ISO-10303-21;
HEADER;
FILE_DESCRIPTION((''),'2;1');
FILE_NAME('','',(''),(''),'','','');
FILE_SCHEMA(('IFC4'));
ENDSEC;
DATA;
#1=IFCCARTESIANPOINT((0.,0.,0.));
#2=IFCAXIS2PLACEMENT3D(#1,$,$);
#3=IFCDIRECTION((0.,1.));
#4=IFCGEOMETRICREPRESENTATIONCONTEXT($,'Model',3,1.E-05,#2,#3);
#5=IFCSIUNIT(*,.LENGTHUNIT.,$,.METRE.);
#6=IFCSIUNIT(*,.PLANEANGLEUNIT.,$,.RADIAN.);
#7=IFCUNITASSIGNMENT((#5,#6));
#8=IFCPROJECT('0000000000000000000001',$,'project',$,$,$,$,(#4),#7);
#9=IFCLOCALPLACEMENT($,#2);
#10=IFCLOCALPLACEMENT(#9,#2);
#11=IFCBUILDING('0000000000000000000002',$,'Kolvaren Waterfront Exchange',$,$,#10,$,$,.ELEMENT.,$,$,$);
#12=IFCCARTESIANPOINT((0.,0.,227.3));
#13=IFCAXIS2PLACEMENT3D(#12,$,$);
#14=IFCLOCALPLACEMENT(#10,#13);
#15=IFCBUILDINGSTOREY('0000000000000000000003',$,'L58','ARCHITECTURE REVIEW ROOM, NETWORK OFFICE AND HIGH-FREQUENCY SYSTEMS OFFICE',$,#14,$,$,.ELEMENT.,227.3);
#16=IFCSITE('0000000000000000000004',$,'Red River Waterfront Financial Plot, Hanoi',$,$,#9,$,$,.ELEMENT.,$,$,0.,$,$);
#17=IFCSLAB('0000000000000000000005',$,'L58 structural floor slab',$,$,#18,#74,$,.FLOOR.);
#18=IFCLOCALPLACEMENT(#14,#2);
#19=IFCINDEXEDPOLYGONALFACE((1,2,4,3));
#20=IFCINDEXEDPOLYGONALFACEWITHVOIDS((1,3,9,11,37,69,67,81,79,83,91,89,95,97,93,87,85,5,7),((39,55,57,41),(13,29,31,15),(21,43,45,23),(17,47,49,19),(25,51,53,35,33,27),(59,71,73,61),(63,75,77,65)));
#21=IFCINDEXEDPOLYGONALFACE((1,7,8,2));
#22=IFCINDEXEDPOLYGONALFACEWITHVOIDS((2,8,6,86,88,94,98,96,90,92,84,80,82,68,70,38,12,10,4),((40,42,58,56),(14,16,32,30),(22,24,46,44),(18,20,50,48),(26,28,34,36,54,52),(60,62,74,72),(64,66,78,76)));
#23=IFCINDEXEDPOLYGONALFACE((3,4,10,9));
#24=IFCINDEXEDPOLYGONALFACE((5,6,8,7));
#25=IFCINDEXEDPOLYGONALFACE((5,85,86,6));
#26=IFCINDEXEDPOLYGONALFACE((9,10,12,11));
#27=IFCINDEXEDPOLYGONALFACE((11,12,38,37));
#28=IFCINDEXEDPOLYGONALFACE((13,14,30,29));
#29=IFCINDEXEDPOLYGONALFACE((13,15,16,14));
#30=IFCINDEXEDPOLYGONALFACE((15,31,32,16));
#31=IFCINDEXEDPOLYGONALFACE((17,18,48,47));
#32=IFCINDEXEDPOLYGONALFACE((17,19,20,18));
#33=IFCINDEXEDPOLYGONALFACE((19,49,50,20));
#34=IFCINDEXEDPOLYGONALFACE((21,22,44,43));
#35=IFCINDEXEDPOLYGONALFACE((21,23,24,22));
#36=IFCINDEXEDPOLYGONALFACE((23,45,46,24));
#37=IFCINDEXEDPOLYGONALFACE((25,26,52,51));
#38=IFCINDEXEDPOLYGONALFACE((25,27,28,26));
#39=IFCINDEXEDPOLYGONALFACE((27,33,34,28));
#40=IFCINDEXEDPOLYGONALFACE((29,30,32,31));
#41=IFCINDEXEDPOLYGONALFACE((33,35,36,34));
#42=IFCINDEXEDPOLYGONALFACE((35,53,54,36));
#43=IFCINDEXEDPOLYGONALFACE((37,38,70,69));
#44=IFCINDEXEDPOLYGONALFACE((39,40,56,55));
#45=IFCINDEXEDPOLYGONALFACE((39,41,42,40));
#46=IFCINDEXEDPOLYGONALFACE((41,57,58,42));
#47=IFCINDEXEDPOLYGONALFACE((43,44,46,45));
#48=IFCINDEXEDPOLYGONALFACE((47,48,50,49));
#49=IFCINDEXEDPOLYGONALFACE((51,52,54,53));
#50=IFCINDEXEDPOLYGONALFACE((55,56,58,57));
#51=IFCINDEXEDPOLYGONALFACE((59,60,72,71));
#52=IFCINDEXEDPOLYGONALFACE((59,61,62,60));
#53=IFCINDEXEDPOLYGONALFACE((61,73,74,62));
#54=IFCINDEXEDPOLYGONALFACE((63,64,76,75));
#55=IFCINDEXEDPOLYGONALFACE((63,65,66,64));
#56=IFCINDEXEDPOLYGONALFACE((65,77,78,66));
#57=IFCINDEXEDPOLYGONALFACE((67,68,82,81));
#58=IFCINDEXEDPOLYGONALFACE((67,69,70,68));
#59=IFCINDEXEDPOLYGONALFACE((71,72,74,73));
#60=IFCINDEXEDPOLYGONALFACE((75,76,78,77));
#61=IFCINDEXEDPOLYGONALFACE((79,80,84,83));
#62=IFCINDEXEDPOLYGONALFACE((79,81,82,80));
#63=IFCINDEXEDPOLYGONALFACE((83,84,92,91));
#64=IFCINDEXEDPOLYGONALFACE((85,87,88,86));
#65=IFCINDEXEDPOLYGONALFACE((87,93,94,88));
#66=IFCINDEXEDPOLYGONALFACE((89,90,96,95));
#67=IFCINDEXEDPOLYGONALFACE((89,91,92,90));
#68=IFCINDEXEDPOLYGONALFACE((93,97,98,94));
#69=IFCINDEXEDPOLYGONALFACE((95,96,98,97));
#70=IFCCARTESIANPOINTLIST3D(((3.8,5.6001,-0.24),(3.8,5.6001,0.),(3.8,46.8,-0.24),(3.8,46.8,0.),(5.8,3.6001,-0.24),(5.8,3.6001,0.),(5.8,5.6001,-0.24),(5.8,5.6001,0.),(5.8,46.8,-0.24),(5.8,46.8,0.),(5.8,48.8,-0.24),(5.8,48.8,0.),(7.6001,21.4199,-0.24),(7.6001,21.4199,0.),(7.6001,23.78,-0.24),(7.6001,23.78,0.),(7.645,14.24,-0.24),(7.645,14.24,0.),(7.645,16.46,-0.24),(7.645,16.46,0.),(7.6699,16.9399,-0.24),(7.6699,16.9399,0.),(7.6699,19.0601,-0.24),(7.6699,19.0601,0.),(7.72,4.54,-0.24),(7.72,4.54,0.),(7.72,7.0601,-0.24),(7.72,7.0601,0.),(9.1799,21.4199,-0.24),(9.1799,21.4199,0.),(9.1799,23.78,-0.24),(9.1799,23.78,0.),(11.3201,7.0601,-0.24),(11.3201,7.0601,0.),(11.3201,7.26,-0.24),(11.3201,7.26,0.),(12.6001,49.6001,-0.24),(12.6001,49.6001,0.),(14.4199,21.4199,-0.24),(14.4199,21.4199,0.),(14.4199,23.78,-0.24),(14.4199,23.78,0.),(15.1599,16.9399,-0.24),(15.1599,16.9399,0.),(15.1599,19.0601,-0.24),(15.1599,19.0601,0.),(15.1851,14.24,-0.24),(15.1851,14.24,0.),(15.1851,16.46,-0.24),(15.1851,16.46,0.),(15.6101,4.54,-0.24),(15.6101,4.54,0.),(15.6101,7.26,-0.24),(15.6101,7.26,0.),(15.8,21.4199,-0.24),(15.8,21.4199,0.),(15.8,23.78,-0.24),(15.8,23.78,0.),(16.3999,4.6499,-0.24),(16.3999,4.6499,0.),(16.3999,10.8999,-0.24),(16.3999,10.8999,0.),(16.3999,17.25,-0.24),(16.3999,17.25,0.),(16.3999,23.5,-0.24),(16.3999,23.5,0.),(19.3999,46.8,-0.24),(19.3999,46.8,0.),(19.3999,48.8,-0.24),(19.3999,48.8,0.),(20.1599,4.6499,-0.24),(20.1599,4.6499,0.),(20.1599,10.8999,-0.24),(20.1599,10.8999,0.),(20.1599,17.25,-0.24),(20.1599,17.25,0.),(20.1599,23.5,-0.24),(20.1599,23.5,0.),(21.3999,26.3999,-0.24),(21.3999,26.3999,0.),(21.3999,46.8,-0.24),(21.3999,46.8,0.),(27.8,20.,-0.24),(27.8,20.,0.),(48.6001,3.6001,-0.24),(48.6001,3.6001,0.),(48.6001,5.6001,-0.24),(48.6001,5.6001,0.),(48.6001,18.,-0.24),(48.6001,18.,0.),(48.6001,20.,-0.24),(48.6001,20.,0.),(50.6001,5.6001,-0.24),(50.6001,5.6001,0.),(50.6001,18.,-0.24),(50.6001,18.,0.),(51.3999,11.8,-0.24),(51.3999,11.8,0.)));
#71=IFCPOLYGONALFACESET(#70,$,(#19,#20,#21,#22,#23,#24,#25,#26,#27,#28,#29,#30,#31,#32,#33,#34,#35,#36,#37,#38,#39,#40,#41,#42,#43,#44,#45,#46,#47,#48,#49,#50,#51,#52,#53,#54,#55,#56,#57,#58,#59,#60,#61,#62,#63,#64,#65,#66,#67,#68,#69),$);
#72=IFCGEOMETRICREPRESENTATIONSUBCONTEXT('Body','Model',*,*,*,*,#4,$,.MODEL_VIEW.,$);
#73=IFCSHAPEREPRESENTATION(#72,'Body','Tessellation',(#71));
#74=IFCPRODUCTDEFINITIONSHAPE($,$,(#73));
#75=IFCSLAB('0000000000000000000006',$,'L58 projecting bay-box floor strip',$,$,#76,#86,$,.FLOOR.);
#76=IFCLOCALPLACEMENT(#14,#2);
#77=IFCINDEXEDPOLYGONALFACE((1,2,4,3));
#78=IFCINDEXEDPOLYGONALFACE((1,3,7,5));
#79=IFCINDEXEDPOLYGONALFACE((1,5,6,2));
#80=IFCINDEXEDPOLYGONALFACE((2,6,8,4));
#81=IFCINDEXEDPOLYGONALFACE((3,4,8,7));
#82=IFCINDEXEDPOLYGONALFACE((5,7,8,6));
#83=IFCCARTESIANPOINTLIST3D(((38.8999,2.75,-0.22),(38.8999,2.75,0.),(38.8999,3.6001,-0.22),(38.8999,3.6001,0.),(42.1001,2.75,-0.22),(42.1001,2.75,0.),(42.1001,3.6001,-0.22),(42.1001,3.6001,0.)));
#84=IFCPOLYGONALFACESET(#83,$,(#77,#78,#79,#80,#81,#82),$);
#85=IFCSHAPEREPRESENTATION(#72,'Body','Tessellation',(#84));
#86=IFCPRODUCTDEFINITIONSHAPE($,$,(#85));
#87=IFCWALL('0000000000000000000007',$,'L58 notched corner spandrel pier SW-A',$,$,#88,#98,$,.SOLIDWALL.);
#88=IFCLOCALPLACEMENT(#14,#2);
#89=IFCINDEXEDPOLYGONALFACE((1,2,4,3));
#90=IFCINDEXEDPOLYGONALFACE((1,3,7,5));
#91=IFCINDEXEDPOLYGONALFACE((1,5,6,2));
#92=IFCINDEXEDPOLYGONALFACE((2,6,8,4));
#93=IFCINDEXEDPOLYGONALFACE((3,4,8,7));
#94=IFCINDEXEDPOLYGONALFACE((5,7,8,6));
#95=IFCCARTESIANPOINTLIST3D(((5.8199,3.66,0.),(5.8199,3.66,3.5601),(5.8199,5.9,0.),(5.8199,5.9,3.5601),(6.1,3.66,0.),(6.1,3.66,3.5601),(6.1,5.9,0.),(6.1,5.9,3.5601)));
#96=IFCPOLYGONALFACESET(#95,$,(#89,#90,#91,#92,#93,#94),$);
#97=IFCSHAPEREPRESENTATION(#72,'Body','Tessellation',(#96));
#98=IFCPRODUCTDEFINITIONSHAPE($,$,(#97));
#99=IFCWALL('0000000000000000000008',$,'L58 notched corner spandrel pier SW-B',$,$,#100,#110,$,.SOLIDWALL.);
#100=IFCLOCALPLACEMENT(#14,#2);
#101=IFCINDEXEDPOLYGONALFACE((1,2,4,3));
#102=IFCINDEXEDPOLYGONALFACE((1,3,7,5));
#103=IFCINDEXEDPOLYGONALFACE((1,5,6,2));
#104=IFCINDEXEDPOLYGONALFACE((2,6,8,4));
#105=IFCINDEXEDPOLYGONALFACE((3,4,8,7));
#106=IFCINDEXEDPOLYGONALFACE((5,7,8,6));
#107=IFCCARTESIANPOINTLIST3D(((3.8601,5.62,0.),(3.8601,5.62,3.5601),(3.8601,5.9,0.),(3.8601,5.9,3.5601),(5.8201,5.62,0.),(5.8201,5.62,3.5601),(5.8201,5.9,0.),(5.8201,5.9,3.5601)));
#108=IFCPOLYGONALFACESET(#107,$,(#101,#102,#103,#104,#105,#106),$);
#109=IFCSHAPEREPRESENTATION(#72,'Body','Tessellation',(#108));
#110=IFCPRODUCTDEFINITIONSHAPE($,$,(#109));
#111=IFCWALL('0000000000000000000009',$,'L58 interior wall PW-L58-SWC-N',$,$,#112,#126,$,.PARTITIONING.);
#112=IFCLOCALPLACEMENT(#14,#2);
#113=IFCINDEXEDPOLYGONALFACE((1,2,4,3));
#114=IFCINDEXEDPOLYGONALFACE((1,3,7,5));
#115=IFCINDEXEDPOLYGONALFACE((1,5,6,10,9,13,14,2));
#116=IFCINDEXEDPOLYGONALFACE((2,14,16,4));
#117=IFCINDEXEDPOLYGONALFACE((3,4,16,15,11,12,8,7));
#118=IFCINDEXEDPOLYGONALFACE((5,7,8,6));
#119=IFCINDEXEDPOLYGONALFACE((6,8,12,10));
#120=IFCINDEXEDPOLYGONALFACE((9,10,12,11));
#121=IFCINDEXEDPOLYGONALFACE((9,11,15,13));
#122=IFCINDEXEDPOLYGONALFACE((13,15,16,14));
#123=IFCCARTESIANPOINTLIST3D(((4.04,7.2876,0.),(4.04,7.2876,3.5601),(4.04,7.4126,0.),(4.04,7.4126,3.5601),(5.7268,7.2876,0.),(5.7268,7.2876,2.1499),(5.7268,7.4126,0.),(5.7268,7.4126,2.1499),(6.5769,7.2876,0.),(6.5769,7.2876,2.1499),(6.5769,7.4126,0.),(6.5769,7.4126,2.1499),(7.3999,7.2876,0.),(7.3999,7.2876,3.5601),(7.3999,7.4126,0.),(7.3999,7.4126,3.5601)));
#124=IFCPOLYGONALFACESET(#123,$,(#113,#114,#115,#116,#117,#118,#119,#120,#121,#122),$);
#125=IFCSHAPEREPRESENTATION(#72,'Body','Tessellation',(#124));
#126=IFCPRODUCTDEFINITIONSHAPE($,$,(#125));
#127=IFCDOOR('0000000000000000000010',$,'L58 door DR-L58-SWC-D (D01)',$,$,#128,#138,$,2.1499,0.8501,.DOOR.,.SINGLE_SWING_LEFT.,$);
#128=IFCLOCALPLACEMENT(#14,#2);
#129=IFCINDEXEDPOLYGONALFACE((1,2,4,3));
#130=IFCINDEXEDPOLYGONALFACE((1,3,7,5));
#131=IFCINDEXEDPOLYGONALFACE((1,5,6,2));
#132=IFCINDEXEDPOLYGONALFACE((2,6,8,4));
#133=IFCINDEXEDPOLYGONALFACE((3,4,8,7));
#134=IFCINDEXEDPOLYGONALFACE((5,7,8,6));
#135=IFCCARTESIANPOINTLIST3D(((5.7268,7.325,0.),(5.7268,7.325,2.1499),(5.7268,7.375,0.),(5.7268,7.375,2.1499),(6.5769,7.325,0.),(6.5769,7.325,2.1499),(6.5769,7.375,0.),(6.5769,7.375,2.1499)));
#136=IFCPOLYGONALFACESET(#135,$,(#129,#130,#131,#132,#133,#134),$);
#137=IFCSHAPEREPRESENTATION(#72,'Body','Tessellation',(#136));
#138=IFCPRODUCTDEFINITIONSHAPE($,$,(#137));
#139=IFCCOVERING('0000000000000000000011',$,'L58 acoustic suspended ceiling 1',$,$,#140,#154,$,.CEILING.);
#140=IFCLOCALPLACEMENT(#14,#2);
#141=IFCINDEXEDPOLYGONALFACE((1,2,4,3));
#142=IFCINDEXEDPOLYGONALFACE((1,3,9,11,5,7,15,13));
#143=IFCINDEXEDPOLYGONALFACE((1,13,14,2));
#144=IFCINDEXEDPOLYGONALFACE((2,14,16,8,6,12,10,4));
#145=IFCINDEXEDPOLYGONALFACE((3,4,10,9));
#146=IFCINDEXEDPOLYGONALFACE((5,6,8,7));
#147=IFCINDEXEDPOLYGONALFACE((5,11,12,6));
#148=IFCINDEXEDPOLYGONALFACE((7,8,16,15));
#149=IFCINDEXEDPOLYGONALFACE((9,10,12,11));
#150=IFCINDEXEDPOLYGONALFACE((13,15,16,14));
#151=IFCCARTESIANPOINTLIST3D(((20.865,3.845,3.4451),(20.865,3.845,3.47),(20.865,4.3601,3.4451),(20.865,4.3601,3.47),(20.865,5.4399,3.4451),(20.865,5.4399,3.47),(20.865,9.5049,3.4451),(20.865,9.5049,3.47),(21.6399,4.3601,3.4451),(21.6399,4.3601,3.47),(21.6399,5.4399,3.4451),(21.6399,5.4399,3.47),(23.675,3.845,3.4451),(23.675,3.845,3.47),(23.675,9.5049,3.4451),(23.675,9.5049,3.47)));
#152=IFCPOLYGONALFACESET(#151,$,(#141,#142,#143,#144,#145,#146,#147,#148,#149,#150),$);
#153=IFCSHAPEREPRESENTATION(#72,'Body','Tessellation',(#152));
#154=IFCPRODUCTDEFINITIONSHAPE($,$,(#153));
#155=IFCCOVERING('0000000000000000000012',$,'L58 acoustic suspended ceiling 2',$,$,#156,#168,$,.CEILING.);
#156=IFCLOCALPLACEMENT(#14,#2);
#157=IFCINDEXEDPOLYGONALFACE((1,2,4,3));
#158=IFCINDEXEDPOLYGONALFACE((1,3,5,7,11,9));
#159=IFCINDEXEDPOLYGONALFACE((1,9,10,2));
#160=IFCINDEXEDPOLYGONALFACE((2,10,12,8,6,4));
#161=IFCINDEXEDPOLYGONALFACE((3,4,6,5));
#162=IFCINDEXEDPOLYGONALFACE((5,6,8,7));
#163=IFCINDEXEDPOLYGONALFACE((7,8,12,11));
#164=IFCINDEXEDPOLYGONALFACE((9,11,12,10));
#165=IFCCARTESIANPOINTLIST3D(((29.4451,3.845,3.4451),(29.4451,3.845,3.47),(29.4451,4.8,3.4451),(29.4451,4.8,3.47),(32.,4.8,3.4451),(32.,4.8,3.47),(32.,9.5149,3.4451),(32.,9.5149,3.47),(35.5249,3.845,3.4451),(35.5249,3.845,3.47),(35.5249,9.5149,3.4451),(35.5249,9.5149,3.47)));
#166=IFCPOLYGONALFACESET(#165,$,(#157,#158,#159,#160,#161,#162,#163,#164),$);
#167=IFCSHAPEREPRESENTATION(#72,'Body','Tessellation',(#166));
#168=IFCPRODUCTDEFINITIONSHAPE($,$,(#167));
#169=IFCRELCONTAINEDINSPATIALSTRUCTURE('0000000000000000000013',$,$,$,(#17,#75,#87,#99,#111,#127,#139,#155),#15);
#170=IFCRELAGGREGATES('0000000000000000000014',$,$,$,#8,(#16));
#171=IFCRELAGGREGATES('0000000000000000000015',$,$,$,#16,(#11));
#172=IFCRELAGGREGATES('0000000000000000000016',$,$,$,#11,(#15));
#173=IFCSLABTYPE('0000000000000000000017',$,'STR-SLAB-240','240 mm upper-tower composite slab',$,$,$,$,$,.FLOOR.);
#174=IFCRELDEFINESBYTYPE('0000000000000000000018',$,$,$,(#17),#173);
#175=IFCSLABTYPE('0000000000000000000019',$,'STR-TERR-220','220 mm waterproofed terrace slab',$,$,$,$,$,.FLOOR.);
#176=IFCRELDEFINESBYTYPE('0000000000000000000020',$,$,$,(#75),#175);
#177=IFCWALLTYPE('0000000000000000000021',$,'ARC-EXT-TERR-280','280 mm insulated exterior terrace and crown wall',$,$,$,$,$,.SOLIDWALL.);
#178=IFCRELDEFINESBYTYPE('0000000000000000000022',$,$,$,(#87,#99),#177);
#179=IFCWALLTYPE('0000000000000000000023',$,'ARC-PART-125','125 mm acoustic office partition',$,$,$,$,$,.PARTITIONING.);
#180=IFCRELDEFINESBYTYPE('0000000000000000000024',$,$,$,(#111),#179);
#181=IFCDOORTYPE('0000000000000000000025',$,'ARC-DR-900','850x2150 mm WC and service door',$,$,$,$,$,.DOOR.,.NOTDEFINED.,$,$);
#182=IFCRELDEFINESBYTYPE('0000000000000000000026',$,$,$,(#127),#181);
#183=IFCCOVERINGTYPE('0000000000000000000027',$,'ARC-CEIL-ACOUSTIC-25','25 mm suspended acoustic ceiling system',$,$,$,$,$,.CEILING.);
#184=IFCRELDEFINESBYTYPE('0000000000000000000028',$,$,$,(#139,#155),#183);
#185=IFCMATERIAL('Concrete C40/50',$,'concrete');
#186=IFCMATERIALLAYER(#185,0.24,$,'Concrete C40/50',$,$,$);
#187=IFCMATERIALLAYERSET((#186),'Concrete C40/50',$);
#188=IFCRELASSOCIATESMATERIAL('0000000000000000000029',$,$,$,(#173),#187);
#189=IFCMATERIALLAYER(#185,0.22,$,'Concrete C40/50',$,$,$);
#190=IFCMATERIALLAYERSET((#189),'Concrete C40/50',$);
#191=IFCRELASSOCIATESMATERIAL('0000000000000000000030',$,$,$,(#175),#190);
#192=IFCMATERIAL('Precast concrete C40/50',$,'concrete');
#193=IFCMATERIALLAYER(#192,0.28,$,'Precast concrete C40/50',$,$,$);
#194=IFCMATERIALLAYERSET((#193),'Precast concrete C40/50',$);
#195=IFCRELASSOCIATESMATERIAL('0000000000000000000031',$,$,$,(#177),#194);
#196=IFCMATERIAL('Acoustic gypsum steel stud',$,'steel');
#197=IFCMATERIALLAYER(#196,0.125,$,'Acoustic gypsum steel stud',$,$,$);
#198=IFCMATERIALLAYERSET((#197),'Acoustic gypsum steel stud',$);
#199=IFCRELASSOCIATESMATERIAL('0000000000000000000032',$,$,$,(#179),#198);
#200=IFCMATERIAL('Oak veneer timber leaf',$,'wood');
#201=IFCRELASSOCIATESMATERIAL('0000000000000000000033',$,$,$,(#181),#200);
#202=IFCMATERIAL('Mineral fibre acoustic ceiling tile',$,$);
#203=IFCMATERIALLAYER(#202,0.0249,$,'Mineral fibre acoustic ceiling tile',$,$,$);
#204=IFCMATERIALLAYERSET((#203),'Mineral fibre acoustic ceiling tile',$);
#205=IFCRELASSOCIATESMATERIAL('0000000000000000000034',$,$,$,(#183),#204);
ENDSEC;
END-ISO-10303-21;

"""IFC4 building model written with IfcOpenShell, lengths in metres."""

from ifc_helpers import new_model, si_unit, direction, frame, frame_2d, origin, place, context, subcontext, project, spatial, polyline, rectangle, outline, extrude, material, layer, layer_set, type_object, element, fill, save


model = new_model("IFC4")

# Units and contexts
model_context = context("Model", 3, precision=1e-05, world=origin(), true_north=direction((0.0, 1.0)))
body_context = subcontext(model_context, "Body", "Model", "MODEL_VIEW")
ifc_project = project(units=[si_unit("LENGTHUNIT", "METRE"), si_unit("PLANEANGLEUNIT", "RADIAN")], contexts=[model_context])

# Site, building, storey
site_placement = place(None, origin())
site = spatial("IfcSite", under=ifc_project, at=site_placement, Name="Red River Waterfront Financial Plot, Hanoi", CompositionType="ELEMENT", RefElevation=0.0)
building_placement = place(site_placement, origin())
building = spatial("IfcBuilding", under=site, at=building_placement, Name="Kolvaren Waterfront Exchange", CompositionType="ELEMENT")
storey_placement = place(building_placement, frame((0.0, 0.0, 227.3)))
storey = spatial("IfcBuildingStorey", under=building, at=storey_placement, Name="L58", Description="ARCHITECTURE REVIEW ROOM, NETWORK OFFICE AND HIGH-FREQUENCY SYSTEMS OFFICE", CompositionType="ELEMENT", Elevation=227.3)

# Shared definitions
ifc_material_1 = material(Name="Concrete C40/50", Category="concrete")

# Slabs
ifc_layer_1 = layer(ifc_material_1, 0.24, Name="Concrete C40/50")
ifc_layer_set_1 = layer_set([ifc_layer_1], Name="Concrete C40/50")
slab_type_1 = type_object("IfcSlabType", Name="STR-SLAB-240", Description="240 mm upper-tower composite slab", PredefinedType="FLOOR", material=ifc_layer_set_1)
slab_1_placement = place(storey_placement, frame((0.0, 0.0, -0.24)))
element("IfcSlab", 1, at=slab_1_placement, inside=storey, type_object=slab_type_1, Name="L58 structural floor slab", PredefinedType="FLOOR", context=body_context, shape_type="SweptSolid", body=[
    extrude(outline(polyline([(5.8, 3.6001), (48.6001, 3.6001), (48.6001, 5.6001), (50.6001, 5.6001), (51.3999, 11.8), (50.6001, 18.0), (48.6001, 18.0), (48.6001, 20.0), (27.8, 20.0), (21.3999, 26.3999), (21.3999, 46.8), (19.3999, 46.8), (19.3999, 48.8), (12.6001, 49.6001), (5.8, 48.8), (5.8, 46.8), (3.8, 46.8), (3.8, 5.6001), (5.8, 5.6001), (5.8, 3.6001)]), holes=[polyline([(11.3201, 7.26), (15.6101, 7.26), (15.6101, 4.54), (7.72, 4.54), (7.72, 7.0601), (11.3201, 7.0601), (11.3201, 7.26)]), polyline([(20.1599, 10.8999), (20.1599, 4.6499), (16.3999, 4.6499), (16.3999, 10.8999), (20.1599, 10.8999)]), polyline([(15.1851, 14.24), (7.645, 14.24), (7.645, 16.46), (15.1851, 16.46), (15.1851, 14.24)]), polyline([(15.1599, 16.9399), (7.6699, 16.9399), (7.6699, 19.0601), (15.1599, 19.0601), (15.1599, 16.9399)]), polyline([(16.3999, 17.25), (16.3999, 23.5), (20.1599, 23.5), (20.1599, 17.25), (16.3999, 17.25)]), polyline([(7.6001, 23.78), (9.1799, 23.78), (9.1799, 21.4199), (7.6001, 21.4199), (7.6001, 23.78)]), polyline([(14.4199, 23.78), (15.8, 23.78), (15.8, 21.4199), (14.4199, 21.4199), (14.4199, 23.78)])]), origin(), (0.0, 0.0, 1.0), 0.24),
])
ifc_layer_2 = layer(ifc_material_1, 0.22, Name="Concrete C40/50")
ifc_layer_set_2 = layer_set([ifc_layer_2], Name="Concrete C40/50")
slab_type_2 = type_object("IfcSlabType", Name="STR-TERR-220", Description="220 mm waterproofed terrace slab", PredefinedType="FLOOR", material=ifc_layer_set_2)
slab_2_placement = place(storey_placement, frame((0.0, 0.0, -0.22)))
element("IfcSlab", 2, at=slab_2_placement, inside=storey, type_object=slab_type_2, Name="L58 projecting bay-box floor strip", PredefinedType="FLOOR", context=body_context, shape_type="SweptSolid", body=[
    extrude(outline(polyline([(38.8999, 2.75), (42.1001, 2.75), (42.1001, 3.6001), (38.8999, 3.6001), (38.8999, 2.75)])), origin(), (0.0, 0.0, 1.0), 0.22),
])

# Walls
ifc_material_2 = material(Name="Precast concrete C40/50", Category="concrete")
ifc_layer_3 = layer(ifc_material_2, 0.28, Name="Precast concrete C40/50")
ifc_layer_set_3 = layer_set([ifc_layer_3], Name="Precast concrete C40/50")
wall_type_1 = type_object("IfcWallType", Name="ARC-EXT-TERR-280", Description="280 mm insulated exterior terrace and crown wall", PredefinedType="SOLIDWALL", material=ifc_layer_set_3)
wall_1_placement = place(storey_placement, frame((5.96, 3.6599, 0.0), z_axis=(0.0, 0.0, 1.0), x_axis=(0.0, 1.0, 0.0)))
element("IfcWall", 3, at=wall_1_placement, inside=storey, type_object=wall_type_1, Name="L58 notched corner spandrel pier SW-A", PredefinedType="SOLIDWALL", context=body_context, shape_type="SweptSolid", body=[
    extrude(rectangle(XDim=2.24, YDim=0.28, at=frame_2d((1.1201, 0.0))), origin(), (0.0, 0.0, 1.0), 3.5601),
])
wall_2_placement = place(storey_placement, frame((3.8601, 5.76, 0.0), z_axis=(0.0, 0.0, 1.0), x_axis=(1.0, 0.0, 0.0)))
element("IfcWall", 4, at=wall_2_placement, inside=storey, type_object=wall_type_1, Name="L58 notched corner spandrel pier SW-B", PredefinedType="SOLIDWALL", context=body_context, shape_type="SweptSolid", body=[
    extrude(rectangle(XDim=1.96, YDim=0.28, at=frame_2d((0.98, 0.0))), origin(), (0.0, 0.0, 1.0), 3.5601),
])

# Wall, opening, door
ifc_material_3 = material(Name="Acoustic gypsum steel stud", Category="steel")
ifc_layer_4 = layer(ifc_material_3, 0.125, Name="Acoustic gypsum steel stud")
ifc_layer_set_4 = layer_set([ifc_layer_4], Name="Acoustic gypsum steel stud")
wall_type_2 = type_object("IfcWallType", Name="ARC-PART-125", Description="125 mm acoustic office partition", PredefinedType="PARTITIONING", material=ifc_layer_set_4)
wall_3_placement = place(storey_placement, frame((4.04, 7.3501, 0.0), z_axis=(0.0, 0.0, 1.0), x_axis=(1.0, 0.0, 0.0)))
wall_3 = element("IfcWall", 5, at=wall_3_placement, inside=storey, type_object=wall_type_2, Name="L58 interior wall PW-L58-SWC-N", PredefinedType="PARTITIONING", context=body_context, shape_type="SweptSolid", body=[
    extrude(rectangle(XDim=3.3599, YDim=0.125, at=frame_2d((1.6799, 0.0))), origin(), (0.0, 0.0, 1.0), 3.5601),
])
opening_placement = place(wall_3_placement, frame((1.6868, 0.0, 0.0)))
opening = element("IfcOpeningElement", 6, at=opening_placement, cuts=wall_3, PredefinedType="OPENING", context=body_context, shape_type="SweptSolid", body=[
    extrude(rectangle(XDim=0.8501, YDim=2.1499, at=frame_2d((0.425, 1.075))), frame((0.0, 0.0725, 0.0), z_axis=(0.0, -1.0, 0.0), x_axis=(1.0, 0.0, 0.0)), (0.0, 0.0, 1.0), 0.145),
])
ifc_material_4 = material(Name="Oak veneer timber leaf", Category="wood")
door_type = type_object("IfcDoorType", Name="ARC-DR-900", Description="850x2150 mm WC and service door", OperationType="NOTDEFINED", PredefinedType="DOOR", material=ifc_material_4)
door_placement = place(opening_placement, origin())
door = element("IfcDoor", 7, at=door_placement, inside=storey, type_object=door_type, Name="L58 door DR-L58-SWC-D (D01)", OperationType="SINGLE_SWING_LEFT", OverallHeight=2.1499, OverallWidth=0.8501, PredefinedType="DOOR", context=body_context, shape_type="SweptSolid", body=[
    extrude(rectangle(XDim=0.8501, YDim=2.1499, at=frame_2d((0.425, 1.075))), frame((0.0, 0.0249, 0.0), z_axis=(0.0, -1.0, 0.0), x_axis=(1.0, 0.0, 0.0)), (0.0, 0.0, 1.0), 0.05),
])
fill(opening, door)

# Coverings
ifc_material_5 = material(Name="Mineral fibre acoustic ceiling tile")
ifc_layer_5 = layer(ifc_material_5, 0.0249, Name="Mineral fibre acoustic ceiling tile")
ifc_layer_set_5 = layer_set([ifc_layer_5], Name="Mineral fibre acoustic ceiling tile")
covering_type_1 = type_object("IfcCoveringType", Name="ARC-CEIL-ACOUSTIC-25", Description="25 mm suspended acoustic ceiling system", PredefinedType="CEILING", material=ifc_layer_set_5)
covering_1_placement = place(storey_placement, frame((0.0, 0.0, 3.4451)))
element("IfcCovering", 8, at=covering_1_placement, inside=storey, type_object=covering_type_1, Name="L58 acoustic suspended ceiling 1", PredefinedType="CEILING", context=body_context, shape_type="SweptSolid", body=[
    extrude(outline(polyline([(20.865, 5.4399), (21.6399, 5.4399), (21.6399, 4.3601), (20.865, 4.3601), (20.865, 3.845), (23.675, 3.845), (23.675, 9.5049), (20.865, 9.5049), (20.865, 5.4399)])), origin(), (0.0, 0.0, 1.0), 0.0249),
])
covering_2_placement = place(storey_placement, frame((0.0, 0.0, 3.4451)))
element("IfcCovering", 9, at=covering_2_placement, inside=storey, type_object=covering_type_1, Name="L58 acoustic suspended ceiling 2", PredefinedType="CEILING", context=body_context, shape_type="SweptSolid", body=[
    extrude(outline(polyline([(35.5249, 3.845), (35.5249, 9.5149), (32.0, 9.5149), (32.0, 4.8), (29.4451, 4.8), (29.4451, 3.845), (35.5249, 3.845)])), origin(), (0.0, 0.0, 1.0), 0.0249),
])

save(model, "model.ifc")
